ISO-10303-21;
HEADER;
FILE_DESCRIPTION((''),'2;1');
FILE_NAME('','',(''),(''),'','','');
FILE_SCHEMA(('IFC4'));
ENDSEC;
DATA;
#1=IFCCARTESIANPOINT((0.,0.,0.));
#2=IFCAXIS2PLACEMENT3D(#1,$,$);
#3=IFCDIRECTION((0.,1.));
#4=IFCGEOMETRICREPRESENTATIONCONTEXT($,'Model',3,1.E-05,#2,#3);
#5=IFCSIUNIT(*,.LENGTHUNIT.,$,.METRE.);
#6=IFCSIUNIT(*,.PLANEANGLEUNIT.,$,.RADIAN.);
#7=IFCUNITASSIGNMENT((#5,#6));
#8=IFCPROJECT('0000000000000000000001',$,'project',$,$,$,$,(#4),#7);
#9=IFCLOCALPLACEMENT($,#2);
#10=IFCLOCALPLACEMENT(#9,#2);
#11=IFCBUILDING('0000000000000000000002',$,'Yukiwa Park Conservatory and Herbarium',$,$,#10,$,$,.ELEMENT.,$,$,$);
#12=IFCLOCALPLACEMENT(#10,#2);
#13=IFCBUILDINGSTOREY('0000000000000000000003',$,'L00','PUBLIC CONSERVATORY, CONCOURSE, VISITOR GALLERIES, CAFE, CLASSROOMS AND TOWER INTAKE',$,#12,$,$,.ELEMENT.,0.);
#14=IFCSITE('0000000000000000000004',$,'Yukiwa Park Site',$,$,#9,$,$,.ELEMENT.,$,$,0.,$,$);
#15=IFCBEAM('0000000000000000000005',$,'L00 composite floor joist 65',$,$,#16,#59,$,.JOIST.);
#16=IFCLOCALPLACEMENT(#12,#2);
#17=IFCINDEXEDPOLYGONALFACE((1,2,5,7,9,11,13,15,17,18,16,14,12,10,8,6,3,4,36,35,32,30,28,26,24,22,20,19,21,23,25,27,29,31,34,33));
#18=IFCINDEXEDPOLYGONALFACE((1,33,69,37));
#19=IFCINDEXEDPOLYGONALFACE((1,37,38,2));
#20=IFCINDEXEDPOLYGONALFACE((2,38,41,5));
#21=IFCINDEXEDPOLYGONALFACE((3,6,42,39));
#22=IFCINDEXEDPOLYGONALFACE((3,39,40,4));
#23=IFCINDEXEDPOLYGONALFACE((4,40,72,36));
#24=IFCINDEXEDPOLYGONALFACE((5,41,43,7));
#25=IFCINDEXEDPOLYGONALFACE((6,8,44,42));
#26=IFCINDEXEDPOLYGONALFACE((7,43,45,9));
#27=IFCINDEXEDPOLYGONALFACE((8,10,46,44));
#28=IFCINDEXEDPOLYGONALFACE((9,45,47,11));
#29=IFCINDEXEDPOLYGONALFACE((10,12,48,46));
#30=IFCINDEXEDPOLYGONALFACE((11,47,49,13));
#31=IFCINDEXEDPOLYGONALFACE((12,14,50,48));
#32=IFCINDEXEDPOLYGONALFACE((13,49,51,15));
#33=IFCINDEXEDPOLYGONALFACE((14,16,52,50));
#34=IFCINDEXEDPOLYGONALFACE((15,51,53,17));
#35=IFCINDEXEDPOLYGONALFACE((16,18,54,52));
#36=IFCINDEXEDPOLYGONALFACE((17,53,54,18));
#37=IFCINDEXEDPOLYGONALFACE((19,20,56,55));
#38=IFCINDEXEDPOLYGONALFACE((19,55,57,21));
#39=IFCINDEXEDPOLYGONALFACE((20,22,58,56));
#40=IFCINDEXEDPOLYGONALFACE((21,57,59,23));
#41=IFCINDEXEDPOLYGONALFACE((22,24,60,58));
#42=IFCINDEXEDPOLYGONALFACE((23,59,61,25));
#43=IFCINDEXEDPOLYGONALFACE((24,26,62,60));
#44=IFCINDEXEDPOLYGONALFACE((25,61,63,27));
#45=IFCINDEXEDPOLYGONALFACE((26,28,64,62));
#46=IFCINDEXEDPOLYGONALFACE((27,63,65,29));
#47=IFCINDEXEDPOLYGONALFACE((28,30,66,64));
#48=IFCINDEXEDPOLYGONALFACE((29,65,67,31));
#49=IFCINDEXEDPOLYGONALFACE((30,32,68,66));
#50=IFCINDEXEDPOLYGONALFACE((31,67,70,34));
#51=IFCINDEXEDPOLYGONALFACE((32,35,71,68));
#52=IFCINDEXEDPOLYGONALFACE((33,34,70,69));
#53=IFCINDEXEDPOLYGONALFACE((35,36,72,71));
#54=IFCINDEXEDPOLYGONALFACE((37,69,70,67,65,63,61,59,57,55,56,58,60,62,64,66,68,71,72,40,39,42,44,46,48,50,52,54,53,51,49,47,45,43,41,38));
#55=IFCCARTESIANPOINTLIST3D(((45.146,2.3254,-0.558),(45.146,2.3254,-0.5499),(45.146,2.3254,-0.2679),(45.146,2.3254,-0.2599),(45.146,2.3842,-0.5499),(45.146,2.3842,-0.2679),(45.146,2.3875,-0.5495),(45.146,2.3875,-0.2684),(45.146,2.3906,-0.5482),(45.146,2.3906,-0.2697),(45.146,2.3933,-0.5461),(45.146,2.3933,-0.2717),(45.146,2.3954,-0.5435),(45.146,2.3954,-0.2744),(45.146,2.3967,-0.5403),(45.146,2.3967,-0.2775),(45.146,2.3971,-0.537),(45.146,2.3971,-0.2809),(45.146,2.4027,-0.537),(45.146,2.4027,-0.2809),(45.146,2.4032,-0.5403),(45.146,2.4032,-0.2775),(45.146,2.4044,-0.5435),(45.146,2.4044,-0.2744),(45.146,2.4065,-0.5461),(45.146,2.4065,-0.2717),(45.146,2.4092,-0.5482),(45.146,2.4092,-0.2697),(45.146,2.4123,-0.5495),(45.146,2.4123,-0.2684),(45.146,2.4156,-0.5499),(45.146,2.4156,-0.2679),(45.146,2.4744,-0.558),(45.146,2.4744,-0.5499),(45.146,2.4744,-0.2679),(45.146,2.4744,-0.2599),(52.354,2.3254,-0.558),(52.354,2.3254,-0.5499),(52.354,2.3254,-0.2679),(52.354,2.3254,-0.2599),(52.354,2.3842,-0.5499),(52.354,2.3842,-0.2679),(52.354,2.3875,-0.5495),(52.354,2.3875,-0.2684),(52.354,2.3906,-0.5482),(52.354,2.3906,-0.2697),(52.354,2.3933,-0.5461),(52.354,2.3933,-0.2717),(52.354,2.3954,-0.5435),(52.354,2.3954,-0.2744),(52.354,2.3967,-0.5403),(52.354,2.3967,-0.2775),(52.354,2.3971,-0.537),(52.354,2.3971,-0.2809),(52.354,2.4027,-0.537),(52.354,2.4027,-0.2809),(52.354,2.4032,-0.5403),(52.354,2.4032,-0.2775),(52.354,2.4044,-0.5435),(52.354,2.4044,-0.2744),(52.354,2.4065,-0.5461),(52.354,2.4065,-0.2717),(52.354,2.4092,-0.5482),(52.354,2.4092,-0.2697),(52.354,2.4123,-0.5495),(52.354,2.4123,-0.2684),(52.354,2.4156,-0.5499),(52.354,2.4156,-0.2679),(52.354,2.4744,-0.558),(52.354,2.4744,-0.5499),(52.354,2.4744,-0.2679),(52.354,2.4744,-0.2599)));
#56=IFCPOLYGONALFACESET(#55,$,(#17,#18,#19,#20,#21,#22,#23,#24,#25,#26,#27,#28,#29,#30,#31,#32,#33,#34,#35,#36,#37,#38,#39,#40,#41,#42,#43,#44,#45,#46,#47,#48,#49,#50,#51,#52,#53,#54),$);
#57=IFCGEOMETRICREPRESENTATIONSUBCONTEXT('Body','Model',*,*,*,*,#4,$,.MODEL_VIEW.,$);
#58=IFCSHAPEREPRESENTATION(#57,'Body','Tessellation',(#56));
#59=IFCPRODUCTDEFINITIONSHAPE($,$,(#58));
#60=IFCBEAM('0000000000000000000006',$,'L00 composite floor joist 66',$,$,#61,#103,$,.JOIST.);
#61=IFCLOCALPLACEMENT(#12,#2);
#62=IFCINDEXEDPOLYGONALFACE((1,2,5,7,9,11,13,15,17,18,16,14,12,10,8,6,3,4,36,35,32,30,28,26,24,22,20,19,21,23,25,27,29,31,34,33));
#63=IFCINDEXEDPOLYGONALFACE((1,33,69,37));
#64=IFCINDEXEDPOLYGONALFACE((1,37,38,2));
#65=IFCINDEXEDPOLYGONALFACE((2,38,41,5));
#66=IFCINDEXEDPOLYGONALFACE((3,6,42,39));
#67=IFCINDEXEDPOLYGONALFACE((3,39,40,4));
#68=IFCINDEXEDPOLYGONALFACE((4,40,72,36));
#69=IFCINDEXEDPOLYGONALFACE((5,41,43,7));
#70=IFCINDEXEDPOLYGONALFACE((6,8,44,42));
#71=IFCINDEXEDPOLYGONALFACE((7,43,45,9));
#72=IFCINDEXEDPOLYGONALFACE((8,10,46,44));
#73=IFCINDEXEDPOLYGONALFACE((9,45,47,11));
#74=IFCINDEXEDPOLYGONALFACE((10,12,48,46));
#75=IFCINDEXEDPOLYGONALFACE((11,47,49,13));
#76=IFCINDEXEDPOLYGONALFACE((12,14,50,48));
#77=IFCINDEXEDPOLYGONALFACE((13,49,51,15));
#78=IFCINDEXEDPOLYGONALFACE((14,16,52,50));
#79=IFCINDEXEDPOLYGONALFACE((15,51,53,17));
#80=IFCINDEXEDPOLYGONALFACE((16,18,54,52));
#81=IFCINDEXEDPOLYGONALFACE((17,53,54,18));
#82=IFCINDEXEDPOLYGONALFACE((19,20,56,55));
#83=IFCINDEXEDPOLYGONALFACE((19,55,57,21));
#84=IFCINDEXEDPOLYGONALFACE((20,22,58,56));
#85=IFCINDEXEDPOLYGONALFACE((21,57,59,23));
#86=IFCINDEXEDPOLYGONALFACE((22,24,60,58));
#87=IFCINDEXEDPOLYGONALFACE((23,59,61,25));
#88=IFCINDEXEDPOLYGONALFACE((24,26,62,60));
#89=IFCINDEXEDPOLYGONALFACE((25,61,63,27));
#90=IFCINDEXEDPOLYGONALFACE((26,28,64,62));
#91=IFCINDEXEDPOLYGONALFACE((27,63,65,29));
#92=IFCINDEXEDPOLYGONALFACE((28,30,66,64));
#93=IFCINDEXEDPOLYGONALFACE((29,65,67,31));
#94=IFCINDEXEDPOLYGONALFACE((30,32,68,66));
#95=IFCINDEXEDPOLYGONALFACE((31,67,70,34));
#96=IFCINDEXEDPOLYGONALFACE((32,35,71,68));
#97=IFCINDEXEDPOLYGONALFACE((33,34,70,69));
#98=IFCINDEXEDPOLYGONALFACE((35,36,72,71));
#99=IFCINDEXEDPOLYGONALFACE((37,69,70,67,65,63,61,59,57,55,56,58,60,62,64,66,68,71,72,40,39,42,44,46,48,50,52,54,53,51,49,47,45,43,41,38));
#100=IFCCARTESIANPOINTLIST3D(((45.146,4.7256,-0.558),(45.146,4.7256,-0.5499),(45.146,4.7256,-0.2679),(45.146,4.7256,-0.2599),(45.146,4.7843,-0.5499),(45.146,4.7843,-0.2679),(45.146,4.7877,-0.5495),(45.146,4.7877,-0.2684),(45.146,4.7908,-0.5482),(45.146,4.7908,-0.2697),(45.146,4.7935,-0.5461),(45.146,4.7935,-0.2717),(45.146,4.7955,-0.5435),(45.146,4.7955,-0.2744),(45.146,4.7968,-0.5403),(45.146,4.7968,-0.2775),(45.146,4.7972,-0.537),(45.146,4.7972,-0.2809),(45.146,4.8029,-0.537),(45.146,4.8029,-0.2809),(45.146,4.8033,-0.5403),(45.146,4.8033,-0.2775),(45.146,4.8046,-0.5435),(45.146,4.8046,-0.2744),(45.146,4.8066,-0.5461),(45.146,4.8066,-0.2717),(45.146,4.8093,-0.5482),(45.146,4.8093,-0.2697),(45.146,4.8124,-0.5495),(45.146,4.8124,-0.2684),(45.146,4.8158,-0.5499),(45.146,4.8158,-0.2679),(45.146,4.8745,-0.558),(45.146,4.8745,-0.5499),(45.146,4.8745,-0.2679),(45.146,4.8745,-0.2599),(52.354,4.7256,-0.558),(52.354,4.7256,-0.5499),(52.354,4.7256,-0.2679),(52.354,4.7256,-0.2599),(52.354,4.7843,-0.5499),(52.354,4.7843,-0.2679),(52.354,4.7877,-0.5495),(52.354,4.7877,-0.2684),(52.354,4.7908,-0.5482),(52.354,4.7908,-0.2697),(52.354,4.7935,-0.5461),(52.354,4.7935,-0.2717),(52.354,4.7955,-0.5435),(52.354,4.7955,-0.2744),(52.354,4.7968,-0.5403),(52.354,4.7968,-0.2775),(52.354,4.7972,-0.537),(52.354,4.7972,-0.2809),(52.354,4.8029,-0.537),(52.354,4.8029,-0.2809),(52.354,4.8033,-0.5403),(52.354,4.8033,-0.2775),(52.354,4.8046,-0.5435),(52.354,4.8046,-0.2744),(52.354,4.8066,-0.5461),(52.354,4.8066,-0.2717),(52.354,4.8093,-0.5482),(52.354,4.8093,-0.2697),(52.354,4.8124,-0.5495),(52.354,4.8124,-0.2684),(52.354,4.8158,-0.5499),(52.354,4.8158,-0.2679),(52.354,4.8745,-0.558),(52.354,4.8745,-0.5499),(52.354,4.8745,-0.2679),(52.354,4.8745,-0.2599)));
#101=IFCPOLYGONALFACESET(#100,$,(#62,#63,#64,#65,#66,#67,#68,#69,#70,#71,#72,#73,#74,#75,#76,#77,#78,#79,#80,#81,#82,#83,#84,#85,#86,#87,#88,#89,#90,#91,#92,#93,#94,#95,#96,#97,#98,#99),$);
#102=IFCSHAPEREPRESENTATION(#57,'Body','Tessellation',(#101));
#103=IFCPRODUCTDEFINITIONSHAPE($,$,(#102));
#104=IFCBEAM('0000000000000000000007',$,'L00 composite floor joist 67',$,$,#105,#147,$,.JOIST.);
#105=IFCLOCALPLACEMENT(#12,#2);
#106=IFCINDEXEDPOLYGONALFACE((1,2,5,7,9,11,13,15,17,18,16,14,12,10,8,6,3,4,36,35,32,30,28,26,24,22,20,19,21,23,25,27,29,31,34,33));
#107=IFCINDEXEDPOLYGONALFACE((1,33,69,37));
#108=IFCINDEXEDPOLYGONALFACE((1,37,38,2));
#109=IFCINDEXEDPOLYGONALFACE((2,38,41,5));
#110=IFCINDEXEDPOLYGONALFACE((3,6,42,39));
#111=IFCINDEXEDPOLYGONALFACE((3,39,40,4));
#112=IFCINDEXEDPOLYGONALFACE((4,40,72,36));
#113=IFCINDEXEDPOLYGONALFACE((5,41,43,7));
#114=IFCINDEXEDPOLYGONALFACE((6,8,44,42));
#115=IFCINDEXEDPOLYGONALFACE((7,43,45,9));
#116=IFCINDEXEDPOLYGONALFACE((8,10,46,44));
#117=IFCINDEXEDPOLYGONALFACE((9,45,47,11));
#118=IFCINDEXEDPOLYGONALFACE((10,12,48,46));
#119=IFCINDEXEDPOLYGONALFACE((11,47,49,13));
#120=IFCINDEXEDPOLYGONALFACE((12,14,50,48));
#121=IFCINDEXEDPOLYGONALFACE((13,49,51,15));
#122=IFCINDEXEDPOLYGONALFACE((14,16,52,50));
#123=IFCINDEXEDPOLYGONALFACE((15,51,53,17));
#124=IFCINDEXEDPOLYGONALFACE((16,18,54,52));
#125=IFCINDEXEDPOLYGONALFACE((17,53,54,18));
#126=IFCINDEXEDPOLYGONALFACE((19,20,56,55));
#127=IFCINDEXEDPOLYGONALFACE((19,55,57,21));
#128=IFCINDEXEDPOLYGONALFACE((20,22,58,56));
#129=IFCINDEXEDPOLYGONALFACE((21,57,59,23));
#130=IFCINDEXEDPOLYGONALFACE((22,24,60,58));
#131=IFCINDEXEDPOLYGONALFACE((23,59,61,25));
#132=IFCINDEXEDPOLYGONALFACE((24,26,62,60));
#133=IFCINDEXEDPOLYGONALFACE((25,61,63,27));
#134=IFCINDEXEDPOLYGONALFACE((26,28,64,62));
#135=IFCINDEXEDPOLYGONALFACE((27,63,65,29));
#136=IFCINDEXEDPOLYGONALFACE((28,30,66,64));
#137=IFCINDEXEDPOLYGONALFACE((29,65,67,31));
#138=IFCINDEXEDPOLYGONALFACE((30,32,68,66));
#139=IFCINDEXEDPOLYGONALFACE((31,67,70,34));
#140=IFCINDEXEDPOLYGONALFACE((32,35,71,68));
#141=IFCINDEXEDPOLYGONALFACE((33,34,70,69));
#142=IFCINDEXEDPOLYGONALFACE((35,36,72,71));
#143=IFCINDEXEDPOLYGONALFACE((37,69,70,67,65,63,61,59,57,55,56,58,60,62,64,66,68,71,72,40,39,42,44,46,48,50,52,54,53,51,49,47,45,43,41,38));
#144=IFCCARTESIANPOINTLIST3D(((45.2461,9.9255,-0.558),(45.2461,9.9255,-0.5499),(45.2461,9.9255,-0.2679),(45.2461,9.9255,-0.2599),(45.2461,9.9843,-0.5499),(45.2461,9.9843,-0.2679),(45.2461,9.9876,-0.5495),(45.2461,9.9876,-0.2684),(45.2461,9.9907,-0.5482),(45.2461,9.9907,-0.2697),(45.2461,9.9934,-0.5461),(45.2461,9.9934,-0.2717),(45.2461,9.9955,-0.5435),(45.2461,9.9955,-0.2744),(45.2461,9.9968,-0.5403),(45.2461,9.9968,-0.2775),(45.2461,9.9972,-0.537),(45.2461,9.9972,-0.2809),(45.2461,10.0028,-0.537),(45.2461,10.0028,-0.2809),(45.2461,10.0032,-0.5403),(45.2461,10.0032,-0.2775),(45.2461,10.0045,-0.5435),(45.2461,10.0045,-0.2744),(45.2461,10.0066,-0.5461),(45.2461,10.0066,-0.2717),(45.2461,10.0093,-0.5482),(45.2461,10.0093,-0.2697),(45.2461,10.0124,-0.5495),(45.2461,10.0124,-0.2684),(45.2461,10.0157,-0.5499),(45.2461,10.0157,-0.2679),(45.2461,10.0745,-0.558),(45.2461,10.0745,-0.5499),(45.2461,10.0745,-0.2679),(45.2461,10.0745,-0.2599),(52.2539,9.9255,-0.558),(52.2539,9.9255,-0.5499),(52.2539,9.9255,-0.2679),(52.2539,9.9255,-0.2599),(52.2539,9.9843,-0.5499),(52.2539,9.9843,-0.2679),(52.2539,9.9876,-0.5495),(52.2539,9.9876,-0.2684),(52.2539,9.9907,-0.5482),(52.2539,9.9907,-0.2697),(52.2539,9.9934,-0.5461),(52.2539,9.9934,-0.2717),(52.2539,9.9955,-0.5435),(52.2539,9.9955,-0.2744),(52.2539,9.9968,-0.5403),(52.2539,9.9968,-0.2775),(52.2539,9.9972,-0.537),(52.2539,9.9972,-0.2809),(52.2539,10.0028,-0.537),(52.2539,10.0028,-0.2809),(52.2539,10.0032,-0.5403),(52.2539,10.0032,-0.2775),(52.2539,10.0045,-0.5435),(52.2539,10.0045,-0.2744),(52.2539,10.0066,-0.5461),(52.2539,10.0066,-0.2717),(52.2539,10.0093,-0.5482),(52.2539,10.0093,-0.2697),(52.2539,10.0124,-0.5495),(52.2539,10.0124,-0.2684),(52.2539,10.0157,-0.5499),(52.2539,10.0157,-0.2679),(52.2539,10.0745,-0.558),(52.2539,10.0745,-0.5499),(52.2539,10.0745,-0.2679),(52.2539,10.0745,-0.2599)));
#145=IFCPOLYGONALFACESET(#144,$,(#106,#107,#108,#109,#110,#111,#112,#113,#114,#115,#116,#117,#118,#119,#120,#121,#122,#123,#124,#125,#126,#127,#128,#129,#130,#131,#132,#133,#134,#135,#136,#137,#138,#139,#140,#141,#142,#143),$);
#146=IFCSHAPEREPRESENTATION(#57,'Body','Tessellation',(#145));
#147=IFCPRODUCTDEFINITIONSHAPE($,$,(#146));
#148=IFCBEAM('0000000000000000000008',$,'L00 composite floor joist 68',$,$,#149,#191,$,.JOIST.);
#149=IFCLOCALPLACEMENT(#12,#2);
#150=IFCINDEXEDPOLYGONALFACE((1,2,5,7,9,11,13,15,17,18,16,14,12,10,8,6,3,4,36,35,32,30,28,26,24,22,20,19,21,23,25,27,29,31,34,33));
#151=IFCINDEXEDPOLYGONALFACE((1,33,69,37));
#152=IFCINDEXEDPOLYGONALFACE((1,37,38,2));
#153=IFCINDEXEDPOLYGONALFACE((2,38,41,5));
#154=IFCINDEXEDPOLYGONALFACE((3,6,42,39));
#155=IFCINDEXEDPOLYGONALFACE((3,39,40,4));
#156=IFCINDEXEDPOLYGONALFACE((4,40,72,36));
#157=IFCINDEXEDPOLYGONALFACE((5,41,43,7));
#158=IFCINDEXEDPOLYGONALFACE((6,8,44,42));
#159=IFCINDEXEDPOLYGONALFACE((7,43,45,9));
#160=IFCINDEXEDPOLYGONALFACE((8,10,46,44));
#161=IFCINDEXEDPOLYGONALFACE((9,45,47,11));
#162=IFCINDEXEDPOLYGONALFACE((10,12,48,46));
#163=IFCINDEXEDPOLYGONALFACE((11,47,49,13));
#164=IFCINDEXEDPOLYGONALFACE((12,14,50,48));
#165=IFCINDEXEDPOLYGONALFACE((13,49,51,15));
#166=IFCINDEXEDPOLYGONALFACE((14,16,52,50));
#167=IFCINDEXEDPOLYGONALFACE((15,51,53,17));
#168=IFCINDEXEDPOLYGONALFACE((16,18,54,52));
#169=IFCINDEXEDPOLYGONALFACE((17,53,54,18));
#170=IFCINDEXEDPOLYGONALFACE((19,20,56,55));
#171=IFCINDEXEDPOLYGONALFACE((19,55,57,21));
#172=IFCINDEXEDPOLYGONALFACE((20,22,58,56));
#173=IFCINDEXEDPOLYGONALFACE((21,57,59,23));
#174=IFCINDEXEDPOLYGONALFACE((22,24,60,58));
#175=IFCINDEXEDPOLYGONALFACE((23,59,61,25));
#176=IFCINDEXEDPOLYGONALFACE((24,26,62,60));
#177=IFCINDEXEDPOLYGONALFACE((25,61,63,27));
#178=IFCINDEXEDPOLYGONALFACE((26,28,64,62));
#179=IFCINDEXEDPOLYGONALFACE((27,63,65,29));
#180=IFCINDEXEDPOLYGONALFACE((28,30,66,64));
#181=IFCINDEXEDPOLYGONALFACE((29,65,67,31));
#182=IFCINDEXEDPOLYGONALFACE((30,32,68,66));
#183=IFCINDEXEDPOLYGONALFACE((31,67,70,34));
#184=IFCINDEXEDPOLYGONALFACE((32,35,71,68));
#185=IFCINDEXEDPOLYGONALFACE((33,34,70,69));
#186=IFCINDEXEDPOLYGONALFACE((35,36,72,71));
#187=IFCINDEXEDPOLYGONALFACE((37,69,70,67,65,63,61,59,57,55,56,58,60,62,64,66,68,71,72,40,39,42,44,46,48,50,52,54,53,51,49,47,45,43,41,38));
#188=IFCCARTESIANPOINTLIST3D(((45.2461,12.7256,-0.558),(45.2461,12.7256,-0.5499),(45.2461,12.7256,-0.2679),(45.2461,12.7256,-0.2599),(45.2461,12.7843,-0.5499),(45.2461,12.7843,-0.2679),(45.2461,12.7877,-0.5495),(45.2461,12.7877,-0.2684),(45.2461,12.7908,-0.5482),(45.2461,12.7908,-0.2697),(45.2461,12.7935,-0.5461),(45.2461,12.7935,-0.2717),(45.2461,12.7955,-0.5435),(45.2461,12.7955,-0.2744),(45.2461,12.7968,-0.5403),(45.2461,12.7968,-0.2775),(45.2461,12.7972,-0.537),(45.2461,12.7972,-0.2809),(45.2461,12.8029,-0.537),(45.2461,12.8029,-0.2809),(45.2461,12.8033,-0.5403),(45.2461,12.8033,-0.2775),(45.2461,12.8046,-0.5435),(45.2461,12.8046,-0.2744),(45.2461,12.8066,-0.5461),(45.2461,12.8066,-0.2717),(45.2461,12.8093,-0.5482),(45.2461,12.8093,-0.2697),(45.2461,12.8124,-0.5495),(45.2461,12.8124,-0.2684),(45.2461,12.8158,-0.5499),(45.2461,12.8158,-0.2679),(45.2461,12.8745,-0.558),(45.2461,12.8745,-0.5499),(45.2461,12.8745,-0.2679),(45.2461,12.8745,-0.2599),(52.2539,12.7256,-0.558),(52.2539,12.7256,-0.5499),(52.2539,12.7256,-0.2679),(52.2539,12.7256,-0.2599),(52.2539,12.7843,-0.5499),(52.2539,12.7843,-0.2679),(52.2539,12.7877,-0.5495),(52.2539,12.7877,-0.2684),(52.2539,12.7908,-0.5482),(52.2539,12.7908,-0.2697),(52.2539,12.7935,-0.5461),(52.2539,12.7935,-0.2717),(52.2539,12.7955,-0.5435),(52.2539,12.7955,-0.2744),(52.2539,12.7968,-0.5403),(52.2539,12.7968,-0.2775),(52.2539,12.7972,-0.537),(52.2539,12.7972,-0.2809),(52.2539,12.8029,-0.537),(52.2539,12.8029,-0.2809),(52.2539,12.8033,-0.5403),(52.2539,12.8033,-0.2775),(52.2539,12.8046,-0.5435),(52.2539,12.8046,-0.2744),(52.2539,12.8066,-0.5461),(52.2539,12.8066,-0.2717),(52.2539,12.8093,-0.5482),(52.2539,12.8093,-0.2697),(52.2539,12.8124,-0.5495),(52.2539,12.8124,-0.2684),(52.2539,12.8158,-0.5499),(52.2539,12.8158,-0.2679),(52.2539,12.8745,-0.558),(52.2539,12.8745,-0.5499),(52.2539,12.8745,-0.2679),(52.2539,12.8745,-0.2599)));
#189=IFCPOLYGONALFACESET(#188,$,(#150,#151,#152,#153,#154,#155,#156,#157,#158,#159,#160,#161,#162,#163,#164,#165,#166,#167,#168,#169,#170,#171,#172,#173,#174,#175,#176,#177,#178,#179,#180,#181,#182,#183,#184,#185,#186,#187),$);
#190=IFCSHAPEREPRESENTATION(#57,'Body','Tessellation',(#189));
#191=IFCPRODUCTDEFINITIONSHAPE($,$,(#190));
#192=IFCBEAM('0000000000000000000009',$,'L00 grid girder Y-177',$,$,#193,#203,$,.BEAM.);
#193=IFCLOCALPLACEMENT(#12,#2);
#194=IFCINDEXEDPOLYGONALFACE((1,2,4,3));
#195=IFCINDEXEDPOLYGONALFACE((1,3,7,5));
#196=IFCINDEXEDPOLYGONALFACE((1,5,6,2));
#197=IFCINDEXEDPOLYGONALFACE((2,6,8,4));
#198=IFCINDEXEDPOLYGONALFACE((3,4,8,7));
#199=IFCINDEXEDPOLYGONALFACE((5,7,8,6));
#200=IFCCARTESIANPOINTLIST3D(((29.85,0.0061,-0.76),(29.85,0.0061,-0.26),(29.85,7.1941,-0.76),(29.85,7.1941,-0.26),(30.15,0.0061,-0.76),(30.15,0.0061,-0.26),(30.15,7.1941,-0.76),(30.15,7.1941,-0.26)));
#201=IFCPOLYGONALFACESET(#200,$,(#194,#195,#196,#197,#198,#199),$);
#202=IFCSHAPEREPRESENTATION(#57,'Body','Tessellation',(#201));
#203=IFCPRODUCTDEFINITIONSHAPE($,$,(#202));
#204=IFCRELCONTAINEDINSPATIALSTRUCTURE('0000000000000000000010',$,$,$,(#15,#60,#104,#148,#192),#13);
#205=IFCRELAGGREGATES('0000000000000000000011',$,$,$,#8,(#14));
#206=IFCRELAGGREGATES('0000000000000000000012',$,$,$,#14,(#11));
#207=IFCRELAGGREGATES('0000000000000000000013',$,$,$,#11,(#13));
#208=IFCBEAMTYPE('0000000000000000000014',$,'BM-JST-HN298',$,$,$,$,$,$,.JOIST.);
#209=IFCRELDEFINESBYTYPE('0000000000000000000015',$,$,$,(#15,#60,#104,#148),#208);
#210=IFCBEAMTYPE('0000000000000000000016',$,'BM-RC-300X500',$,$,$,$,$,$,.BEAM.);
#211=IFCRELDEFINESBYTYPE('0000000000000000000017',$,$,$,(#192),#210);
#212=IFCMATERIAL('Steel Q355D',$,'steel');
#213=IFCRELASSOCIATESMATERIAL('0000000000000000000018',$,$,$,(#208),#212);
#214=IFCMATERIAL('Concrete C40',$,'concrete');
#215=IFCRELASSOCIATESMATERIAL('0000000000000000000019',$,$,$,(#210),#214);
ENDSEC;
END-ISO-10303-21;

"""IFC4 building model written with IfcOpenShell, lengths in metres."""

from ifc_helpers import new_model, si_unit, direction, frame, origin, origin_2d, place, context, subcontext, project, spatial, rectangle, i_section, extrude, material, material_profile, profile_set, type_object, element, save


model = new_model("IFC4")

# Units and contexts
model_context = context("Model", 3, precision=1e-05, world=origin(), true_north=direction((0.0, 1.0)))
body_context = subcontext(model_context, "Body", "Model", "MODEL_VIEW")
ifc_project = project(units=[si_unit("LENGTHUNIT", "METRE"), si_unit("PLANEANGLEUNIT", "RADIAN")], contexts=[model_context])

# Site, building, storey
site_placement = place(None, origin())
site = spatial("IfcSite", under=ifc_project, at=site_placement, Name="Yukiwa Park Site", CompositionType="ELEMENT", RefElevation=0.0)
building_placement = place(site_placement, origin())
building = spatial("IfcBuilding", under=site, at=building_placement, Name="Yukiwa Park Conservatory and Herbarium", CompositionType="ELEMENT")
storey_placement = place(building_placement, origin())
storey = spatial("IfcBuildingStorey", under=building, at=storey_placement, Name="L00", Description="PUBLIC CONSERVATORY, CONCOURSE, VISITOR GALLERIES, CAFE, CLASSROOMS AND TOWER INTAKE", CompositionType="ELEMENT", Elevation=0.0)

# Beams
ifc_material_1 = material(Name="Steel Q355D", Category="steel")
ifc_material_profile_1 = material_profile(ifc_material_1, i_section(OverallWidth=0.1489, OverallDepth=0.2981, WebThickness=0.0056, FlangeThickness=0.0081, FilletRadius=0.0129, at=origin_2d()), Name="HN 298x149x5.5x8")
ifc_profile_set_1 = profile_set([ifc_material_profile_1], Name="Steel Q355D")
beam_type_1 = type_object("IfcBeamType", Name="BM-JST-HN298", PredefinedType="JOIST", material=ifc_profile_set_1)
for number, where, z_axis, x_axis, name in (
    (1, (45.146, 2.3999, -0.4089), (1.0, 0.0, 0.0), (0.0, 1.0, 0.0), "L00 composite floor joist 65"),
    (2, (45.146, 4.8, -0.4089), (1.0, 0.0, 0.0), (0.0, 1.0, 0.0), "L00 composite floor joist 66"),
):
    element("IfcBeam", number, at=place(storey_placement, frame(where, z_axis=z_axis, x_axis=x_axis)), inside=storey, type_object=beam_type_1, Name=name, PredefinedType="JOIST", context=body_context, shape_type="SweptSolid", body=[
        extrude(i_section(OverallWidth=0.1489, OverallDepth=0.2981, WebThickness=0.0056, FlangeThickness=0.0081, FilletRadius=0.0129, at=origin_2d()), origin(), (0.0, 0.0, 1.0), 7.208),
    ])
for number, where, z_axis, x_axis, name in (
    (3, (45.2461, 10.0, -0.4089), (1.0, 0.0, 0.0), (0.0, 1.0, 0.0), "L00 composite floor joist 67"),
    (4, (45.2461, 12.8, -0.4089), (1.0, 0.0, 0.0), (0.0, 1.0, 0.0), "L00 composite floor joist 68"),
):
    element("IfcBeam", number, at=place(storey_placement, frame(where, z_axis=z_axis, x_axis=x_axis)), inside=storey, type_object=beam_type_1, Name=name, PredefinedType="JOIST", context=body_context, shape_type="SweptSolid", body=[
        extrude(i_section(OverallWidth=0.1489, OverallDepth=0.2981, WebThickness=0.0056, FlangeThickness=0.0081, FilletRadius=0.0129, at=origin_2d()), origin(), (0.0, 0.0, 1.0), 7.0078),
    ])
ifc_material_2 = material(Name="Concrete C40", Category="concrete")
ifc_material_profile_2 = material_profile(ifc_material_2, rectangle(XDim=0.3, YDim=0.5, at=origin_2d()), Name="RC 300x500")
ifc_profile_set_2 = profile_set([ifc_material_profile_2], Name="Concrete C40")
beam_type_2 = type_object("IfcBeamType", Name="BM-RC-300X500", PredefinedType="BEAM", material=ifc_profile_set_2)
for number, where, z_axis, x_axis, name in (
    (5, (30.0, 0.0061, -0.51), (0.0, 1.0, 0.0), (-1.0, 0.0, 0.0), "L00 grid girder Y-177"),
):
    element("IfcBeam", number, at=place(storey_placement, frame(where, z_axis=z_axis, x_axis=x_axis)), inside=storey, type_object=beam_type_2, Name=name, PredefinedType="BEAM", context=body_context, shape_type="SweptSolid", body=[
        extrude(rectangle(XDim=0.3, YDim=0.5, at=origin_2d()), origin(), (0.0, 0.0, 1.0), 7.188),
    ])

save(model, "model.ifc")
